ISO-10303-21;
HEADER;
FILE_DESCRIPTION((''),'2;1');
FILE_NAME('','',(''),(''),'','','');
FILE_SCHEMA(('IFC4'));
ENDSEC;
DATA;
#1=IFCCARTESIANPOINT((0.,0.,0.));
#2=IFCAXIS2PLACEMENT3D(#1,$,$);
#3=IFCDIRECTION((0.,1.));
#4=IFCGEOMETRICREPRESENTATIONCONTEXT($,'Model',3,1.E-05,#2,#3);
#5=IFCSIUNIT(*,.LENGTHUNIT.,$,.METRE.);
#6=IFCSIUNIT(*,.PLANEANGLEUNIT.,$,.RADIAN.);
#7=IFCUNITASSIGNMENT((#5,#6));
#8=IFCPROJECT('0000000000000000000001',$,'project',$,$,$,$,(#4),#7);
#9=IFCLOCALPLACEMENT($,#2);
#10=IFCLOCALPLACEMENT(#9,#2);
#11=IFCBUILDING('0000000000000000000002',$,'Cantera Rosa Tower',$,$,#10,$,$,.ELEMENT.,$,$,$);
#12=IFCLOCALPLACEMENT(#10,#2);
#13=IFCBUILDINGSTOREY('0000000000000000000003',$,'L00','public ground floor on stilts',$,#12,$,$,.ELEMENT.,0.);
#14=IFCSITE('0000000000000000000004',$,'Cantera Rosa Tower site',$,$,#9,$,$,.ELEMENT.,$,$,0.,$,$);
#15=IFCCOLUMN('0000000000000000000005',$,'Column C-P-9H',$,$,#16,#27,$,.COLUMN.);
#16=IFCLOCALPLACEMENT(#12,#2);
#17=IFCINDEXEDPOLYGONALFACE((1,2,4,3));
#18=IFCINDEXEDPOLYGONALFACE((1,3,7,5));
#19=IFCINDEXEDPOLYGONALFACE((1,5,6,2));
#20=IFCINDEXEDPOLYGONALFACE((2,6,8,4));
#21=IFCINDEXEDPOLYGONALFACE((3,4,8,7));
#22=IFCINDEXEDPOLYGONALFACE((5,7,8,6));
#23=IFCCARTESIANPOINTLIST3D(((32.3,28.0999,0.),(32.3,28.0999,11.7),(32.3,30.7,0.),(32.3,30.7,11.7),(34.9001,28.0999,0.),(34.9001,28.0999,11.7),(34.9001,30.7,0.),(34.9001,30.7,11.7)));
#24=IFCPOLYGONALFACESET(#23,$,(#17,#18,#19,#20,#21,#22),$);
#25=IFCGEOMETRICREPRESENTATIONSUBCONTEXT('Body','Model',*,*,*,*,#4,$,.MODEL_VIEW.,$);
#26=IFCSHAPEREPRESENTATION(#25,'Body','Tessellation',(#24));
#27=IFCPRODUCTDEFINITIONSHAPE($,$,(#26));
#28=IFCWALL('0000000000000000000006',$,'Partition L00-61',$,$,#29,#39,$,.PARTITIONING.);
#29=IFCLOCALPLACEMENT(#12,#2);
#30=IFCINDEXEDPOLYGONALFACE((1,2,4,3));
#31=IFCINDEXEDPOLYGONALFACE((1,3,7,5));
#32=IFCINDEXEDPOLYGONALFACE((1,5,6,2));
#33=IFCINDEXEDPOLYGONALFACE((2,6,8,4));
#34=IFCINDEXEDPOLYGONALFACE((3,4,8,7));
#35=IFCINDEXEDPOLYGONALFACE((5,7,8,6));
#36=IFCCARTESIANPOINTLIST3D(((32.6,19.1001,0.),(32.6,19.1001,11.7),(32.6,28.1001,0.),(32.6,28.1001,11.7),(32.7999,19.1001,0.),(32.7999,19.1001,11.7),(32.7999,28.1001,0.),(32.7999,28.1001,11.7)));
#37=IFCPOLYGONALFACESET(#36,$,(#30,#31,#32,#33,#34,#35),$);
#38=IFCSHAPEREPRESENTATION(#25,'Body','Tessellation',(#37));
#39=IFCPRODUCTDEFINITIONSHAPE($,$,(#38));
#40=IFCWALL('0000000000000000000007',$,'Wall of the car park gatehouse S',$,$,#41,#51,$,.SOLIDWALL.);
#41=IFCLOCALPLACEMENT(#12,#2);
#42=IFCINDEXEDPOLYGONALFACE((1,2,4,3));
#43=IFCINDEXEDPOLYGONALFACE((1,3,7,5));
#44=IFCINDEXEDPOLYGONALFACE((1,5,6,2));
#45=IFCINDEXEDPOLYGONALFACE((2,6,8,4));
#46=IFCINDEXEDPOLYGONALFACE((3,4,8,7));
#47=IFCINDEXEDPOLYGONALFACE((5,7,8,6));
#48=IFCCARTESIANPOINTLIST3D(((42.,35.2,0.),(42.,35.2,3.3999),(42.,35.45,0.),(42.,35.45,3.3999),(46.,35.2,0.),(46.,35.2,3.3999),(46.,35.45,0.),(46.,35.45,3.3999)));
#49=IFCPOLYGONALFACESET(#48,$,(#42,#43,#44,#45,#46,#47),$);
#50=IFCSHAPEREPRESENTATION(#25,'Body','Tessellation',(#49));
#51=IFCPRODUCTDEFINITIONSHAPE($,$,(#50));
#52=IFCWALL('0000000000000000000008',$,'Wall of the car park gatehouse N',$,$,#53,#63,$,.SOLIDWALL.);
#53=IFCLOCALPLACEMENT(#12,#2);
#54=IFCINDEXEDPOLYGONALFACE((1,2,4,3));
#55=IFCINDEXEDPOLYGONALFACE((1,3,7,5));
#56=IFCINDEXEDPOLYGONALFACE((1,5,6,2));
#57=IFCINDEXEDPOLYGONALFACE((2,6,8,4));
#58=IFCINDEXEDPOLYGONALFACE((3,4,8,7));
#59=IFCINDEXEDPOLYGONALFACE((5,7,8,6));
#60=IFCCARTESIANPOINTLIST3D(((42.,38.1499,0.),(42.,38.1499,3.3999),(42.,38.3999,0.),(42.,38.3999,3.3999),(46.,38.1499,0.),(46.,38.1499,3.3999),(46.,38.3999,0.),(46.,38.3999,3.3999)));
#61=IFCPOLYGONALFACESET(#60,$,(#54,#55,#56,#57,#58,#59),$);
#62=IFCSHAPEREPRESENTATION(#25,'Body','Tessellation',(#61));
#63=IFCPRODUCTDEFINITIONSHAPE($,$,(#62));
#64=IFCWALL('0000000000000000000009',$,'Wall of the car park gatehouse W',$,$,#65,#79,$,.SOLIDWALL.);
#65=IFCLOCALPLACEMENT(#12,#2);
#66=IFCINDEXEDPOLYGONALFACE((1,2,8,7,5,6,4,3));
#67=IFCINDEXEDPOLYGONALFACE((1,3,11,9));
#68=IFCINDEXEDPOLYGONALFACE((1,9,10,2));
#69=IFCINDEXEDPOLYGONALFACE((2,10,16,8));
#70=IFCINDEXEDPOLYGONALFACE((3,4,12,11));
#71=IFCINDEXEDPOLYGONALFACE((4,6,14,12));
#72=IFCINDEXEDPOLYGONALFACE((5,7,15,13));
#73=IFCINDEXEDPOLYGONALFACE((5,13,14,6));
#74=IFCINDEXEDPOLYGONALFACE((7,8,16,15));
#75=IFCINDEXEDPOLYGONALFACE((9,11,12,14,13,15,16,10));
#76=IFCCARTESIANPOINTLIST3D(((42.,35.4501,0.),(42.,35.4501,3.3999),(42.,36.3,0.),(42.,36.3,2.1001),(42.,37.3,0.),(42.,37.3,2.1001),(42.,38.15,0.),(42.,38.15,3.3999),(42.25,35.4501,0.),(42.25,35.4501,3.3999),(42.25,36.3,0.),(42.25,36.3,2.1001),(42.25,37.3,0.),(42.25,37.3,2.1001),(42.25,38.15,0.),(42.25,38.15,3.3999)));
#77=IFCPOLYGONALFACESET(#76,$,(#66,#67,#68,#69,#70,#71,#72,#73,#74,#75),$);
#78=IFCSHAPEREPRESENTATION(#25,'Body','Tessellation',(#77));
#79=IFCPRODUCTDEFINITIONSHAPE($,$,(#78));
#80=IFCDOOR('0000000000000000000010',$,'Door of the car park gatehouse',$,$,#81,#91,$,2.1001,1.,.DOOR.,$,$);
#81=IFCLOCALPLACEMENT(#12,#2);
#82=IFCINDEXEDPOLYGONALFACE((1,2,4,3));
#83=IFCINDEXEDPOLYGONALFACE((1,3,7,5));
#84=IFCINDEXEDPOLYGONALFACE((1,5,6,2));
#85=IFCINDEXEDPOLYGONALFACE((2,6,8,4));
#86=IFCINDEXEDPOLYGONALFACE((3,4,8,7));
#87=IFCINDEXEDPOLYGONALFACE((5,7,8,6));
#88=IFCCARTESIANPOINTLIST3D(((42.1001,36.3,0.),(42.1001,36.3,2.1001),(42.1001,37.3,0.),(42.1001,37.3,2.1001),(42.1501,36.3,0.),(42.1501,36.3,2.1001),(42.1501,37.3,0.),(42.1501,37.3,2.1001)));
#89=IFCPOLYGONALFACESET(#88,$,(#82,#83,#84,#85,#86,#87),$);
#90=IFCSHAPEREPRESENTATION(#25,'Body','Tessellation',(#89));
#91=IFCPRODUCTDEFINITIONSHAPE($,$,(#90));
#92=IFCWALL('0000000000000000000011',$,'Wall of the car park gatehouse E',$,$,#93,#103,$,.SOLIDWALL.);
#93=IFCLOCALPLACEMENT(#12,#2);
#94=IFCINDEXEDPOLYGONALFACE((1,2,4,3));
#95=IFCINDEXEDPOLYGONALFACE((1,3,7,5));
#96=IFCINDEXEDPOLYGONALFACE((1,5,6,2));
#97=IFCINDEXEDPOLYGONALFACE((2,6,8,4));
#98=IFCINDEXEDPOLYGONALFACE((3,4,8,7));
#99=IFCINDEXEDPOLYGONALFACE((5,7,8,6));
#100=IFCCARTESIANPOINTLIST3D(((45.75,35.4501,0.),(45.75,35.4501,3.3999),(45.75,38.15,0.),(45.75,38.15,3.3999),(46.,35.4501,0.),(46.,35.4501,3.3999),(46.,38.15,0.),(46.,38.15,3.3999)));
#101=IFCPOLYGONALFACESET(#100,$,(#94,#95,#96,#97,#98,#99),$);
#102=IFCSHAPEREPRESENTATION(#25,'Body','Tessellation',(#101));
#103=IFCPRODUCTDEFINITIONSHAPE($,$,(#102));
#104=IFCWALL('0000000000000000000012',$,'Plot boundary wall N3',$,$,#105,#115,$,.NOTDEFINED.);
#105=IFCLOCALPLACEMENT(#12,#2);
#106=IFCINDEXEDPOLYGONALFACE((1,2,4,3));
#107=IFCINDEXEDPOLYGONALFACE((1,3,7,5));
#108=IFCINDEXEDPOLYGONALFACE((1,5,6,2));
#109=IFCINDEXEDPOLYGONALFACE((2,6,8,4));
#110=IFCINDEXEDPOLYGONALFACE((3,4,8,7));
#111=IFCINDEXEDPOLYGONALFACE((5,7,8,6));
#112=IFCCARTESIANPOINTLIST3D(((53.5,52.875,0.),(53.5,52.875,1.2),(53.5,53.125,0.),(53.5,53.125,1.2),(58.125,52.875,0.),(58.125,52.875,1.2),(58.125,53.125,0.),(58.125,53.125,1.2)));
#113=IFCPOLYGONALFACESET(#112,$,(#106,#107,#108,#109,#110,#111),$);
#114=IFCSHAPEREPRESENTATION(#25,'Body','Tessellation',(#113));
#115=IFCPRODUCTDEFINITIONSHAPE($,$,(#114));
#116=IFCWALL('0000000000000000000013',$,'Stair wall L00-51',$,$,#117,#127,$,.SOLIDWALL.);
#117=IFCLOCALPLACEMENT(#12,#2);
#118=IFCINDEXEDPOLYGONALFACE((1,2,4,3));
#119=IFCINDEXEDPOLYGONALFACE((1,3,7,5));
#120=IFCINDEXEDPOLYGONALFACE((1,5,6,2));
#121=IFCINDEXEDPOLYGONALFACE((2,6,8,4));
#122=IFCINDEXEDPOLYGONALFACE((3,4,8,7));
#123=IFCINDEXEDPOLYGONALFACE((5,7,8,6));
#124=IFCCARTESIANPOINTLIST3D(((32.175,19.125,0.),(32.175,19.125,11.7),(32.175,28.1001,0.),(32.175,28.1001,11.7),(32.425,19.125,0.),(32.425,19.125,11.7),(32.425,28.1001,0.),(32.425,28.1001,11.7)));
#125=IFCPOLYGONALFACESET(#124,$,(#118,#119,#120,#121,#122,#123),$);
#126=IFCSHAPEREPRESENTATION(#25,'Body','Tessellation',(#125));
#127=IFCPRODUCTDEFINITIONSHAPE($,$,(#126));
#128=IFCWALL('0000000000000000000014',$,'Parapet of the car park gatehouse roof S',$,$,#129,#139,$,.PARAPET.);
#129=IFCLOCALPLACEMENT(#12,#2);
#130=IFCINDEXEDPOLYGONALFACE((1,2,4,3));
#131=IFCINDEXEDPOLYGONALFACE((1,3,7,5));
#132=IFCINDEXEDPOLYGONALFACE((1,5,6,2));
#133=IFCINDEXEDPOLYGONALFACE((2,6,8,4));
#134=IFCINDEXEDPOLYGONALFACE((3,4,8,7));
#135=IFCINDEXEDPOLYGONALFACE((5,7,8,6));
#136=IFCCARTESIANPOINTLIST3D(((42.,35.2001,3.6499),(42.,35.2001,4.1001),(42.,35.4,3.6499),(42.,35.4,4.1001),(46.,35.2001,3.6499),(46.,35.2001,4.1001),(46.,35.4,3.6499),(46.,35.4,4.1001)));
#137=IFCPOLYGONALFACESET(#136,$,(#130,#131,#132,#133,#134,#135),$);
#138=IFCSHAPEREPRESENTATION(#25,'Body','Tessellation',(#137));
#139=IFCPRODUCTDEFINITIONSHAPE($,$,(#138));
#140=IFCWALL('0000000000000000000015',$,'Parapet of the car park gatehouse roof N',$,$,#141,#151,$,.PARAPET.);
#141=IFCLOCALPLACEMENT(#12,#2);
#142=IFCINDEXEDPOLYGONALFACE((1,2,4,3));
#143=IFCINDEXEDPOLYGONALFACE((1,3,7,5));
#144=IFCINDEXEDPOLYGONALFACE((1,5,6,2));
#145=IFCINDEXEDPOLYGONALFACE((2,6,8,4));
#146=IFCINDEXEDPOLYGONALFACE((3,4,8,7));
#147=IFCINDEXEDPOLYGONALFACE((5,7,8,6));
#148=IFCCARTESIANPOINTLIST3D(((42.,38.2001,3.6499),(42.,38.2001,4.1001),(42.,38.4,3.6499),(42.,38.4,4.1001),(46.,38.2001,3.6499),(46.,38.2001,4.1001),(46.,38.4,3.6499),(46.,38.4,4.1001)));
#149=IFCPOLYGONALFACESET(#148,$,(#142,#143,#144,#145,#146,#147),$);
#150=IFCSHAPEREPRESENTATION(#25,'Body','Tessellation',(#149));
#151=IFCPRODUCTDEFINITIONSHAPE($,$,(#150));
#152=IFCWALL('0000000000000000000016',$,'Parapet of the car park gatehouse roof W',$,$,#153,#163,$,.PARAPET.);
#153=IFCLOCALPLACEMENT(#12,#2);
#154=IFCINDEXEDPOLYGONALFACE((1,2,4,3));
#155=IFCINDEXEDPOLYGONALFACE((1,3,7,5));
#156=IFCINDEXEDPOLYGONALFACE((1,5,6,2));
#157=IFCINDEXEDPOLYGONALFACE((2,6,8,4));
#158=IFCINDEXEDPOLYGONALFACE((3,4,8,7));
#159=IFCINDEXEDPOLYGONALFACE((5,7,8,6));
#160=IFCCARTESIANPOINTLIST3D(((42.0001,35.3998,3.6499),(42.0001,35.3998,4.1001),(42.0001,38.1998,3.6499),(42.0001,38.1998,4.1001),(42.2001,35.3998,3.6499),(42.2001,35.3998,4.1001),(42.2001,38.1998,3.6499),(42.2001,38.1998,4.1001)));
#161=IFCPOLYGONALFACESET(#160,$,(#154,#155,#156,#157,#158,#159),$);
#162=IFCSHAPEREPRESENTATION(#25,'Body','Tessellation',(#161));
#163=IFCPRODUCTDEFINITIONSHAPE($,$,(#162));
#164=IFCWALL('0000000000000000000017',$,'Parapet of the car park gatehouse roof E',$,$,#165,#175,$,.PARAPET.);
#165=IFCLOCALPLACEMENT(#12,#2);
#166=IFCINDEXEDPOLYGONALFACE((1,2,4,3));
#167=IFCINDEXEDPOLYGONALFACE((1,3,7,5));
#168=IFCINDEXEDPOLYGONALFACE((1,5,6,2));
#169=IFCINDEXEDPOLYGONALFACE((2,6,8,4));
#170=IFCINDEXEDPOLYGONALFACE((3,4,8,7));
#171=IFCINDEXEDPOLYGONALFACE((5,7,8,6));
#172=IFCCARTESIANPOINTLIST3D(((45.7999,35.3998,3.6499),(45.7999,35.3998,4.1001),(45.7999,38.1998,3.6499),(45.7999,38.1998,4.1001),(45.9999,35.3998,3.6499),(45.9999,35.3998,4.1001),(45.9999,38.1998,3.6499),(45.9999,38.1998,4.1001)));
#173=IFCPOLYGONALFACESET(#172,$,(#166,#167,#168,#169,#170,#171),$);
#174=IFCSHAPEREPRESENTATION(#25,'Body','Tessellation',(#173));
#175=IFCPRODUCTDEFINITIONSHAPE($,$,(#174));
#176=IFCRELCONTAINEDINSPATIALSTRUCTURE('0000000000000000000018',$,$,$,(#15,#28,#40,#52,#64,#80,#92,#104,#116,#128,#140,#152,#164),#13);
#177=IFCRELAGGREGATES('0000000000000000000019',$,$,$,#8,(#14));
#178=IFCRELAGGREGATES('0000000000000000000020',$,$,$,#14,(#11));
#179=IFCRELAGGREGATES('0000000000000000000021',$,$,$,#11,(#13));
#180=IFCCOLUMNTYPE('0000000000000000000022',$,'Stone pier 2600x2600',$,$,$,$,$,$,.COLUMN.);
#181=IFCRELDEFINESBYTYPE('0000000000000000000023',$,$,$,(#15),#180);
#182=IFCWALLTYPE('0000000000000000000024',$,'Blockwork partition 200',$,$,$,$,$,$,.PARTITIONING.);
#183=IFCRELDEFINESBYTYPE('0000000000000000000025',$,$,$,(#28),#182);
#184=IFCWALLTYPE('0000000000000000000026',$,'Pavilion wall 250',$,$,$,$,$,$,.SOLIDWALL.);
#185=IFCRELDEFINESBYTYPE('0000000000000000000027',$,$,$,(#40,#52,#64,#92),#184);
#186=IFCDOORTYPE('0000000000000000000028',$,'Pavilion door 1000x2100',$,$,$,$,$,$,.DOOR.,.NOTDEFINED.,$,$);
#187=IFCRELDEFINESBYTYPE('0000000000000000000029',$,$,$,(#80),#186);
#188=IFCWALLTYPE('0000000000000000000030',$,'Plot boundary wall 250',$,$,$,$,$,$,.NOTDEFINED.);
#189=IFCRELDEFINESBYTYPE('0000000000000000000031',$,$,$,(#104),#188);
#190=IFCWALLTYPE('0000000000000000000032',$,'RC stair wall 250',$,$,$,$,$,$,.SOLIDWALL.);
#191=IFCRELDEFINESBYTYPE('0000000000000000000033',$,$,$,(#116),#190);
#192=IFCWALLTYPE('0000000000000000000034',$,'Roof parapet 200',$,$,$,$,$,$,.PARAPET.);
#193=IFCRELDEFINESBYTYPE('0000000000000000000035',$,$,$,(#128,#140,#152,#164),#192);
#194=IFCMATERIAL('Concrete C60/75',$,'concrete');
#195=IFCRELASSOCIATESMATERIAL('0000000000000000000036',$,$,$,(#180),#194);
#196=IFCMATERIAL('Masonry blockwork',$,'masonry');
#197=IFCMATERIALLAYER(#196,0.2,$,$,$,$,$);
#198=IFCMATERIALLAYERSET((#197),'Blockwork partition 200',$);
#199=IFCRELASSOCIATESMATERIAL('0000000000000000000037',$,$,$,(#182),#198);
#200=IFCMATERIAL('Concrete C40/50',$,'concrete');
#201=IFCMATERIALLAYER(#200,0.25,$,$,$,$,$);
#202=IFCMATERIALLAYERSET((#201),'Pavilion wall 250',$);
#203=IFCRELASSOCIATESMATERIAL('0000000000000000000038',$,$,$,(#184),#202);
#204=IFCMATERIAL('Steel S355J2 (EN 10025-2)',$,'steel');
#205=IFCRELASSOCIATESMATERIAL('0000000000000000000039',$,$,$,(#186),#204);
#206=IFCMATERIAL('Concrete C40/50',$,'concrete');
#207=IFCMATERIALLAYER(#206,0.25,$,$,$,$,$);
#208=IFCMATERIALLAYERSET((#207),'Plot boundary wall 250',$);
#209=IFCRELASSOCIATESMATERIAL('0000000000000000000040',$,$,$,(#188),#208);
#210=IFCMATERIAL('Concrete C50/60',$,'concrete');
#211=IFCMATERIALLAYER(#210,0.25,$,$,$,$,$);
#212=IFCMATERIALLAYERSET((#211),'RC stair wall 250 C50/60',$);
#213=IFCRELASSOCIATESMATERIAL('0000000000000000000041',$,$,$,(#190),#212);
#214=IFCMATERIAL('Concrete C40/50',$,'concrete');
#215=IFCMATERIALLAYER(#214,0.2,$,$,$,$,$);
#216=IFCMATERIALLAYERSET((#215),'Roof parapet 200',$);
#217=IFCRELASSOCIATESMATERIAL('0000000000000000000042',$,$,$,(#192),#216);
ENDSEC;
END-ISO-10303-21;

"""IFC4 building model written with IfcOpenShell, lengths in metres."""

from ifc_helpers import new_model, si_unit, direction, frame, frame_2d, origin, origin_2d, place, context, subcontext, project, spatial, rectangle, extrude, material, layer, layer_set, material_profile, profile_set, type_object, element, fill, save


model = new_model("IFC4")

# Units and contexts
model_context = context("Model", 3, precision=1e-05, world=origin(), true_north=direction((0.0, 1.0)))
body_context = subcontext(model_context, "Body", "Model", "MODEL_VIEW")
ifc_project = project(units=[si_unit("LENGTHUNIT", "METRE"), si_unit("PLANEANGLEUNIT", "RADIAN")], contexts=[model_context])

# Site, building, storey
site_placement = place(None, origin())
site = spatial("IfcSite", under=ifc_project, at=site_placement, Name="Cantera Rosa Tower site", CompositionType="ELEMENT", RefElevation=0.0)
building_placement = place(site_placement, origin())
building = spatial("IfcBuilding", under=site, at=building_placement, Name="Cantera Rosa Tower", CompositionType="ELEMENT")
storey_placement = place(building_placement, origin())
storey = spatial("IfcBuildingStorey", under=building, at=storey_placement, Name="L00", Description="public ground floor on stilts", CompositionType="ELEMENT", Elevation=0.0)

# Column
ifc_material_1 = material(Name="Concrete C60/75", Category="concrete")
ifc_material_profile_1 = material_profile(ifc_material_1, rectangle(XDim=2.6001, YDim=2.6001, at=origin_2d()), Name="Stone pier 2600x2600")
ifc_profile_set_1 = profile_set([ifc_material_profile_1], Name="Concrete C60/75")
column_type = type_object("IfcColumnType", Name="Stone pier 2600x2600", PredefinedType="COLUMN", material=ifc_profile_set_1)
column_placement = place(storey_placement, frame((33.6001, 29.3999, 0.0), z_axis=(0.0, 0.0, 1.0), x_axis=(1.0, 0.0, 0.0)))
element("IfcColumn", 1, at=column_placement, inside=storey, type_object=column_type, Name="Column C-P-9H", PredefinedType="COLUMN", context=body_context, shape_type="SweptSolid", body=[
    extrude(rectangle(XDim=2.6001, YDim=2.6001, at=origin_2d()), origin(), (0.0, 0.0, 1.0), 11.7),
])

# Walls
ifc_material_2 = material(Name="Masonry blockwork", Category="masonry")
ifc_layer_1 = layer(ifc_material_2, 0.2)
ifc_layer_set_1 = layer_set([ifc_layer_1], Name="Blockwork partition 200")
wall_type_1 = type_object("IfcWallType", Name="Blockwork partition 200", PredefinedType="PARTITIONING", material=ifc_layer_set_1)
wall_1_placement = place(storey_placement, frame((32.7, 19.1001, 0.0), z_axis=(0.0, 0.0, 1.0), x_axis=(0.0, 1.0, 0.0)))
element("IfcWall", 2, at=wall_1_placement, inside=storey, type_object=wall_type_1, Name="Partition L00-61", PredefinedType="PARTITIONING", context=body_context, shape_type="SweptSolid", body=[
    extrude(rectangle(XDim=9.0, YDim=0.2, at=frame_2d((4.5, 0.0))), origin(), (0.0, 0.0, 1.0), 11.7),
])
ifc_material_3 = material(Name="Concrete C40/50", Category="concrete")
ifc_layer_2 = layer(ifc_material_3, 0.25)
ifc_layer_set_2 = layer_set([ifc_layer_2], Name="Pavilion wall 250")
wall_type_2 = type_object("IfcWallType", Name="Pavilion wall 250", PredefinedType="SOLIDWALL", material=ifc_layer_set_2)
for number, where, z_axis, x_axis, name in (
    (3, (42.0, 35.325, 0.0), (0.0, 0.0, 1.0), (1.0, 0.0, 0.0), "Wall of the car park gatehouse S"),
    (4, (42.0, 38.2749, 0.0), (0.0, 0.0, 1.0), (1.0, 0.0, 0.0), "Wall of the car park gatehouse N"),
):
    element("IfcWall", number, at=place(storey_placement, frame(where, z_axis=z_axis, x_axis=x_axis)), inside=storey, type_object=wall_type_2, Name=name, PredefinedType="SOLIDWALL", context=body_context, shape_type="SweptSolid", body=[
        extrude(rectangle(XDim=4.0, YDim=0.25, at=frame_2d((2.0, 0.0))), origin(), (0.0, 0.0, 1.0), 3.3999),
    ])

# Wall, opening, door
wall_2_placement = place(storey_placement, frame((42.125, 35.45, 0.0), z_axis=(0.0, 0.0, 1.0), x_axis=(0.0, 1.0, 0.0)))
wall_2 = element("IfcWall", 5, at=wall_2_placement, inside=storey, type_object=wall_type_2, Name="Wall of the car park gatehouse W", PredefinedType="SOLIDWALL", context=body_context, shape_type="SweptSolid", body=[
    extrude(rectangle(XDim=2.7, YDim=0.25, at=frame_2d((1.3501, 0.0))), origin(), (0.0, 0.0, 1.0), 3.3999),
])
opening_placement = place(wall_2_placement, frame((0.8501, 0.0, 0.0)))
opening = element("IfcOpeningElement", 6, at=opening_placement, cuts=wall_2, PredefinedType="OPENING", context=body_context, shape_type="SweptSolid", body=[
    extrude(rectangle(XDim=1.0, YDim=2.1001, at=frame_2d((0.5, 1.05))), frame((0.0, 0.135, 0.0), z_axis=(0.0, -1.0, 0.0), x_axis=(1.0, 0.0, 0.0)), (0.0, 0.0, 1.0), 0.27),
])
ifc_material_4 = material(Name="Steel S355J2 (EN 10025-2)", Category="steel")
door_type = type_object("IfcDoorType", Name="Pavilion door 1000x2100", OperationType="NOTDEFINED", PredefinedType="DOOR", material=ifc_material_4)
door_placement = place(opening_placement, origin())
door = element("IfcDoor", 7, at=door_placement, inside=storey, type_object=door_type, Name="Door of the car park gatehouse", OverallHeight=2.1001, OverallWidth=1.0, PredefinedType="DOOR", context=body_context, shape_type="SweptSolid", body=[
    extrude(rectangle(XDim=1.0, YDim=2.1001, at=frame_2d((0.5, 1.05))), frame((0.0, 0.0249, 0.0), z_axis=(0.0, -1.0, 0.0), x_axis=(1.0, 0.0, 0.0)), (0.0, 0.0, 1.0), 0.05),
])
fill(opening, door)

# Walls
wall_3_placement = place(storey_placement, frame((45.875, 35.45, 0.0), z_axis=(0.0, 0.0, 1.0), x_axis=(0.0, 1.0, 0.0)))
element("IfcWall", 8, at=wall_3_placement, inside=storey, type_object=wall_type_2, Name="Wall of the car park gatehouse E", PredefinedType="SOLIDWALL", context=body_context, shape_type="SweptSolid", body=[
    extrude(rectangle(XDim=2.7, YDim=0.25, at=frame_2d((1.3501, 0.0))), origin(), (0.0, 0.0, 1.0), 3.3999),
])
ifc_material_5 = material(Name="Concrete C40/50", Category="concrete")
ifc_layer_3 = layer(ifc_material_5, 0.25)
ifc_layer_set_3 = layer_set([ifc_layer_3], Name="Plot boundary wall 250")
wall_type_3 = type_object("IfcWallType", Name="Plot boundary wall 250", PredefinedType="NOTDEFINED", material=ifc_layer_set_3)
wall_4_placement = place(storey_placement, frame((53.5, 53.0, 0.0), z_axis=(0.0, 0.0, 1.0), x_axis=(1.0, 0.0, 0.0)))
element("IfcWall", 9, at=wall_4_placement, inside=storey, type_object=wall_type_3, Name="Plot boundary wall N3", PredefinedType="NOTDEFINED", context=body_context, shape_type="SweptSolid", body=[
    extrude(rectangle(XDim=4.625, YDim=0.25, at=frame_2d((2.3125, 0.0))), origin(), (0.0, 0.0, 1.0), 1.2),
])
ifc_material_6 = material(Name="Concrete C50/60", Category="concrete")
ifc_layer_4 = layer(ifc_material_6, 0.25)
ifc_layer_set_4 = layer_set([ifc_layer_4], Name="RC stair wall 250 C50/60")
wall_type_4 = type_object("IfcWallType", Name="RC stair wall 250", PredefinedType="SOLIDWALL", material=ifc_layer_set_4)
wall_5_placement = place(storey_placement, frame((32.3, 19.125, 0.0), z_axis=(0.0, 0.0, 1.0), x_axis=(0.0, 1.0, 0.0)))
element("IfcWall", 10, at=wall_5_placement, inside=storey, type_object=wall_type_4, Name="Stair wall L00-51", PredefinedType="SOLIDWALL", context=body_context, shape_type="SweptSolid", body=[
    extrude(rectangle(XDim=8.9751, YDim=0.25, at=frame_2d((4.4875, 0.0))), origin(), (0.0, 0.0, 1.0), 11.7),
])
ifc_material_7 = material(Name="Concrete C40/50", Category="concrete")
ifc_layer_5 = layer(ifc_material_7, 0.2)
ifc_layer_set_5 = layer_set([ifc_layer_5], Name="Roof parapet 200")
wall_type_5 = type_object("IfcWallType", Name="Roof parapet 200", PredefinedType="PARAPET", material=ifc_layer_set_5)
for number, where, z_axis, x_axis, name in (
    (11, (42.0, 35.3, 3.6499), (0.0, 0.0, 1.0), (1.0, 0.0, 0.0), "Parapet of the car park gatehouse roof S"),
    (12, (42.0, 38.3, 3.6499), (0.0, 0.0, 1.0), (1.0, 0.0, 0.0), "Parapet of the car park gatehouse roof N"),
):
    element("IfcWall", number, at=place(storey_placement, frame(where, z_axis=z_axis, x_axis=x_axis)), inside=storey, type_object=wall_type_5, Name=name, PredefinedType="PARAPET", context=body_context, shape_type="SweptSolid", body=[
        extrude(rectangle(XDim=4.0, YDim=0.2, at=frame_2d((2.0, 0.0))), origin(), (0.0, 0.0, 1.0), 0.4502),
    ])
for number, where, z_axis, x_axis, name in (
    (13, (42.1001, 35.3999, 3.6499), (0.0, 0.0, 1.0), (0.0, 1.0, 0.0), "Parapet of the car park gatehouse roof W"),
    (14, (45.8999, 35.3999, 3.6499), (0.0, 0.0, 1.0), (0.0, 1.0, 0.0), "Parapet of the car park gatehouse roof E"),
):
    element("IfcWall", number, at=place(storey_placement, frame(where, z_axis=z_axis, x_axis=x_axis)), inside=storey, type_object=wall_type_5, Name=name, PredefinedType="PARAPET", context=body_context, shape_type="SweptSolid", body=[
        extrude(rectangle(XDim=2.8, YDim=0.2, at=frame_2d((1.3999, 0.0))), origin(), (0.0, 0.0, 1.0), 0.4502),
    ])

save(model, "model.ifc")
